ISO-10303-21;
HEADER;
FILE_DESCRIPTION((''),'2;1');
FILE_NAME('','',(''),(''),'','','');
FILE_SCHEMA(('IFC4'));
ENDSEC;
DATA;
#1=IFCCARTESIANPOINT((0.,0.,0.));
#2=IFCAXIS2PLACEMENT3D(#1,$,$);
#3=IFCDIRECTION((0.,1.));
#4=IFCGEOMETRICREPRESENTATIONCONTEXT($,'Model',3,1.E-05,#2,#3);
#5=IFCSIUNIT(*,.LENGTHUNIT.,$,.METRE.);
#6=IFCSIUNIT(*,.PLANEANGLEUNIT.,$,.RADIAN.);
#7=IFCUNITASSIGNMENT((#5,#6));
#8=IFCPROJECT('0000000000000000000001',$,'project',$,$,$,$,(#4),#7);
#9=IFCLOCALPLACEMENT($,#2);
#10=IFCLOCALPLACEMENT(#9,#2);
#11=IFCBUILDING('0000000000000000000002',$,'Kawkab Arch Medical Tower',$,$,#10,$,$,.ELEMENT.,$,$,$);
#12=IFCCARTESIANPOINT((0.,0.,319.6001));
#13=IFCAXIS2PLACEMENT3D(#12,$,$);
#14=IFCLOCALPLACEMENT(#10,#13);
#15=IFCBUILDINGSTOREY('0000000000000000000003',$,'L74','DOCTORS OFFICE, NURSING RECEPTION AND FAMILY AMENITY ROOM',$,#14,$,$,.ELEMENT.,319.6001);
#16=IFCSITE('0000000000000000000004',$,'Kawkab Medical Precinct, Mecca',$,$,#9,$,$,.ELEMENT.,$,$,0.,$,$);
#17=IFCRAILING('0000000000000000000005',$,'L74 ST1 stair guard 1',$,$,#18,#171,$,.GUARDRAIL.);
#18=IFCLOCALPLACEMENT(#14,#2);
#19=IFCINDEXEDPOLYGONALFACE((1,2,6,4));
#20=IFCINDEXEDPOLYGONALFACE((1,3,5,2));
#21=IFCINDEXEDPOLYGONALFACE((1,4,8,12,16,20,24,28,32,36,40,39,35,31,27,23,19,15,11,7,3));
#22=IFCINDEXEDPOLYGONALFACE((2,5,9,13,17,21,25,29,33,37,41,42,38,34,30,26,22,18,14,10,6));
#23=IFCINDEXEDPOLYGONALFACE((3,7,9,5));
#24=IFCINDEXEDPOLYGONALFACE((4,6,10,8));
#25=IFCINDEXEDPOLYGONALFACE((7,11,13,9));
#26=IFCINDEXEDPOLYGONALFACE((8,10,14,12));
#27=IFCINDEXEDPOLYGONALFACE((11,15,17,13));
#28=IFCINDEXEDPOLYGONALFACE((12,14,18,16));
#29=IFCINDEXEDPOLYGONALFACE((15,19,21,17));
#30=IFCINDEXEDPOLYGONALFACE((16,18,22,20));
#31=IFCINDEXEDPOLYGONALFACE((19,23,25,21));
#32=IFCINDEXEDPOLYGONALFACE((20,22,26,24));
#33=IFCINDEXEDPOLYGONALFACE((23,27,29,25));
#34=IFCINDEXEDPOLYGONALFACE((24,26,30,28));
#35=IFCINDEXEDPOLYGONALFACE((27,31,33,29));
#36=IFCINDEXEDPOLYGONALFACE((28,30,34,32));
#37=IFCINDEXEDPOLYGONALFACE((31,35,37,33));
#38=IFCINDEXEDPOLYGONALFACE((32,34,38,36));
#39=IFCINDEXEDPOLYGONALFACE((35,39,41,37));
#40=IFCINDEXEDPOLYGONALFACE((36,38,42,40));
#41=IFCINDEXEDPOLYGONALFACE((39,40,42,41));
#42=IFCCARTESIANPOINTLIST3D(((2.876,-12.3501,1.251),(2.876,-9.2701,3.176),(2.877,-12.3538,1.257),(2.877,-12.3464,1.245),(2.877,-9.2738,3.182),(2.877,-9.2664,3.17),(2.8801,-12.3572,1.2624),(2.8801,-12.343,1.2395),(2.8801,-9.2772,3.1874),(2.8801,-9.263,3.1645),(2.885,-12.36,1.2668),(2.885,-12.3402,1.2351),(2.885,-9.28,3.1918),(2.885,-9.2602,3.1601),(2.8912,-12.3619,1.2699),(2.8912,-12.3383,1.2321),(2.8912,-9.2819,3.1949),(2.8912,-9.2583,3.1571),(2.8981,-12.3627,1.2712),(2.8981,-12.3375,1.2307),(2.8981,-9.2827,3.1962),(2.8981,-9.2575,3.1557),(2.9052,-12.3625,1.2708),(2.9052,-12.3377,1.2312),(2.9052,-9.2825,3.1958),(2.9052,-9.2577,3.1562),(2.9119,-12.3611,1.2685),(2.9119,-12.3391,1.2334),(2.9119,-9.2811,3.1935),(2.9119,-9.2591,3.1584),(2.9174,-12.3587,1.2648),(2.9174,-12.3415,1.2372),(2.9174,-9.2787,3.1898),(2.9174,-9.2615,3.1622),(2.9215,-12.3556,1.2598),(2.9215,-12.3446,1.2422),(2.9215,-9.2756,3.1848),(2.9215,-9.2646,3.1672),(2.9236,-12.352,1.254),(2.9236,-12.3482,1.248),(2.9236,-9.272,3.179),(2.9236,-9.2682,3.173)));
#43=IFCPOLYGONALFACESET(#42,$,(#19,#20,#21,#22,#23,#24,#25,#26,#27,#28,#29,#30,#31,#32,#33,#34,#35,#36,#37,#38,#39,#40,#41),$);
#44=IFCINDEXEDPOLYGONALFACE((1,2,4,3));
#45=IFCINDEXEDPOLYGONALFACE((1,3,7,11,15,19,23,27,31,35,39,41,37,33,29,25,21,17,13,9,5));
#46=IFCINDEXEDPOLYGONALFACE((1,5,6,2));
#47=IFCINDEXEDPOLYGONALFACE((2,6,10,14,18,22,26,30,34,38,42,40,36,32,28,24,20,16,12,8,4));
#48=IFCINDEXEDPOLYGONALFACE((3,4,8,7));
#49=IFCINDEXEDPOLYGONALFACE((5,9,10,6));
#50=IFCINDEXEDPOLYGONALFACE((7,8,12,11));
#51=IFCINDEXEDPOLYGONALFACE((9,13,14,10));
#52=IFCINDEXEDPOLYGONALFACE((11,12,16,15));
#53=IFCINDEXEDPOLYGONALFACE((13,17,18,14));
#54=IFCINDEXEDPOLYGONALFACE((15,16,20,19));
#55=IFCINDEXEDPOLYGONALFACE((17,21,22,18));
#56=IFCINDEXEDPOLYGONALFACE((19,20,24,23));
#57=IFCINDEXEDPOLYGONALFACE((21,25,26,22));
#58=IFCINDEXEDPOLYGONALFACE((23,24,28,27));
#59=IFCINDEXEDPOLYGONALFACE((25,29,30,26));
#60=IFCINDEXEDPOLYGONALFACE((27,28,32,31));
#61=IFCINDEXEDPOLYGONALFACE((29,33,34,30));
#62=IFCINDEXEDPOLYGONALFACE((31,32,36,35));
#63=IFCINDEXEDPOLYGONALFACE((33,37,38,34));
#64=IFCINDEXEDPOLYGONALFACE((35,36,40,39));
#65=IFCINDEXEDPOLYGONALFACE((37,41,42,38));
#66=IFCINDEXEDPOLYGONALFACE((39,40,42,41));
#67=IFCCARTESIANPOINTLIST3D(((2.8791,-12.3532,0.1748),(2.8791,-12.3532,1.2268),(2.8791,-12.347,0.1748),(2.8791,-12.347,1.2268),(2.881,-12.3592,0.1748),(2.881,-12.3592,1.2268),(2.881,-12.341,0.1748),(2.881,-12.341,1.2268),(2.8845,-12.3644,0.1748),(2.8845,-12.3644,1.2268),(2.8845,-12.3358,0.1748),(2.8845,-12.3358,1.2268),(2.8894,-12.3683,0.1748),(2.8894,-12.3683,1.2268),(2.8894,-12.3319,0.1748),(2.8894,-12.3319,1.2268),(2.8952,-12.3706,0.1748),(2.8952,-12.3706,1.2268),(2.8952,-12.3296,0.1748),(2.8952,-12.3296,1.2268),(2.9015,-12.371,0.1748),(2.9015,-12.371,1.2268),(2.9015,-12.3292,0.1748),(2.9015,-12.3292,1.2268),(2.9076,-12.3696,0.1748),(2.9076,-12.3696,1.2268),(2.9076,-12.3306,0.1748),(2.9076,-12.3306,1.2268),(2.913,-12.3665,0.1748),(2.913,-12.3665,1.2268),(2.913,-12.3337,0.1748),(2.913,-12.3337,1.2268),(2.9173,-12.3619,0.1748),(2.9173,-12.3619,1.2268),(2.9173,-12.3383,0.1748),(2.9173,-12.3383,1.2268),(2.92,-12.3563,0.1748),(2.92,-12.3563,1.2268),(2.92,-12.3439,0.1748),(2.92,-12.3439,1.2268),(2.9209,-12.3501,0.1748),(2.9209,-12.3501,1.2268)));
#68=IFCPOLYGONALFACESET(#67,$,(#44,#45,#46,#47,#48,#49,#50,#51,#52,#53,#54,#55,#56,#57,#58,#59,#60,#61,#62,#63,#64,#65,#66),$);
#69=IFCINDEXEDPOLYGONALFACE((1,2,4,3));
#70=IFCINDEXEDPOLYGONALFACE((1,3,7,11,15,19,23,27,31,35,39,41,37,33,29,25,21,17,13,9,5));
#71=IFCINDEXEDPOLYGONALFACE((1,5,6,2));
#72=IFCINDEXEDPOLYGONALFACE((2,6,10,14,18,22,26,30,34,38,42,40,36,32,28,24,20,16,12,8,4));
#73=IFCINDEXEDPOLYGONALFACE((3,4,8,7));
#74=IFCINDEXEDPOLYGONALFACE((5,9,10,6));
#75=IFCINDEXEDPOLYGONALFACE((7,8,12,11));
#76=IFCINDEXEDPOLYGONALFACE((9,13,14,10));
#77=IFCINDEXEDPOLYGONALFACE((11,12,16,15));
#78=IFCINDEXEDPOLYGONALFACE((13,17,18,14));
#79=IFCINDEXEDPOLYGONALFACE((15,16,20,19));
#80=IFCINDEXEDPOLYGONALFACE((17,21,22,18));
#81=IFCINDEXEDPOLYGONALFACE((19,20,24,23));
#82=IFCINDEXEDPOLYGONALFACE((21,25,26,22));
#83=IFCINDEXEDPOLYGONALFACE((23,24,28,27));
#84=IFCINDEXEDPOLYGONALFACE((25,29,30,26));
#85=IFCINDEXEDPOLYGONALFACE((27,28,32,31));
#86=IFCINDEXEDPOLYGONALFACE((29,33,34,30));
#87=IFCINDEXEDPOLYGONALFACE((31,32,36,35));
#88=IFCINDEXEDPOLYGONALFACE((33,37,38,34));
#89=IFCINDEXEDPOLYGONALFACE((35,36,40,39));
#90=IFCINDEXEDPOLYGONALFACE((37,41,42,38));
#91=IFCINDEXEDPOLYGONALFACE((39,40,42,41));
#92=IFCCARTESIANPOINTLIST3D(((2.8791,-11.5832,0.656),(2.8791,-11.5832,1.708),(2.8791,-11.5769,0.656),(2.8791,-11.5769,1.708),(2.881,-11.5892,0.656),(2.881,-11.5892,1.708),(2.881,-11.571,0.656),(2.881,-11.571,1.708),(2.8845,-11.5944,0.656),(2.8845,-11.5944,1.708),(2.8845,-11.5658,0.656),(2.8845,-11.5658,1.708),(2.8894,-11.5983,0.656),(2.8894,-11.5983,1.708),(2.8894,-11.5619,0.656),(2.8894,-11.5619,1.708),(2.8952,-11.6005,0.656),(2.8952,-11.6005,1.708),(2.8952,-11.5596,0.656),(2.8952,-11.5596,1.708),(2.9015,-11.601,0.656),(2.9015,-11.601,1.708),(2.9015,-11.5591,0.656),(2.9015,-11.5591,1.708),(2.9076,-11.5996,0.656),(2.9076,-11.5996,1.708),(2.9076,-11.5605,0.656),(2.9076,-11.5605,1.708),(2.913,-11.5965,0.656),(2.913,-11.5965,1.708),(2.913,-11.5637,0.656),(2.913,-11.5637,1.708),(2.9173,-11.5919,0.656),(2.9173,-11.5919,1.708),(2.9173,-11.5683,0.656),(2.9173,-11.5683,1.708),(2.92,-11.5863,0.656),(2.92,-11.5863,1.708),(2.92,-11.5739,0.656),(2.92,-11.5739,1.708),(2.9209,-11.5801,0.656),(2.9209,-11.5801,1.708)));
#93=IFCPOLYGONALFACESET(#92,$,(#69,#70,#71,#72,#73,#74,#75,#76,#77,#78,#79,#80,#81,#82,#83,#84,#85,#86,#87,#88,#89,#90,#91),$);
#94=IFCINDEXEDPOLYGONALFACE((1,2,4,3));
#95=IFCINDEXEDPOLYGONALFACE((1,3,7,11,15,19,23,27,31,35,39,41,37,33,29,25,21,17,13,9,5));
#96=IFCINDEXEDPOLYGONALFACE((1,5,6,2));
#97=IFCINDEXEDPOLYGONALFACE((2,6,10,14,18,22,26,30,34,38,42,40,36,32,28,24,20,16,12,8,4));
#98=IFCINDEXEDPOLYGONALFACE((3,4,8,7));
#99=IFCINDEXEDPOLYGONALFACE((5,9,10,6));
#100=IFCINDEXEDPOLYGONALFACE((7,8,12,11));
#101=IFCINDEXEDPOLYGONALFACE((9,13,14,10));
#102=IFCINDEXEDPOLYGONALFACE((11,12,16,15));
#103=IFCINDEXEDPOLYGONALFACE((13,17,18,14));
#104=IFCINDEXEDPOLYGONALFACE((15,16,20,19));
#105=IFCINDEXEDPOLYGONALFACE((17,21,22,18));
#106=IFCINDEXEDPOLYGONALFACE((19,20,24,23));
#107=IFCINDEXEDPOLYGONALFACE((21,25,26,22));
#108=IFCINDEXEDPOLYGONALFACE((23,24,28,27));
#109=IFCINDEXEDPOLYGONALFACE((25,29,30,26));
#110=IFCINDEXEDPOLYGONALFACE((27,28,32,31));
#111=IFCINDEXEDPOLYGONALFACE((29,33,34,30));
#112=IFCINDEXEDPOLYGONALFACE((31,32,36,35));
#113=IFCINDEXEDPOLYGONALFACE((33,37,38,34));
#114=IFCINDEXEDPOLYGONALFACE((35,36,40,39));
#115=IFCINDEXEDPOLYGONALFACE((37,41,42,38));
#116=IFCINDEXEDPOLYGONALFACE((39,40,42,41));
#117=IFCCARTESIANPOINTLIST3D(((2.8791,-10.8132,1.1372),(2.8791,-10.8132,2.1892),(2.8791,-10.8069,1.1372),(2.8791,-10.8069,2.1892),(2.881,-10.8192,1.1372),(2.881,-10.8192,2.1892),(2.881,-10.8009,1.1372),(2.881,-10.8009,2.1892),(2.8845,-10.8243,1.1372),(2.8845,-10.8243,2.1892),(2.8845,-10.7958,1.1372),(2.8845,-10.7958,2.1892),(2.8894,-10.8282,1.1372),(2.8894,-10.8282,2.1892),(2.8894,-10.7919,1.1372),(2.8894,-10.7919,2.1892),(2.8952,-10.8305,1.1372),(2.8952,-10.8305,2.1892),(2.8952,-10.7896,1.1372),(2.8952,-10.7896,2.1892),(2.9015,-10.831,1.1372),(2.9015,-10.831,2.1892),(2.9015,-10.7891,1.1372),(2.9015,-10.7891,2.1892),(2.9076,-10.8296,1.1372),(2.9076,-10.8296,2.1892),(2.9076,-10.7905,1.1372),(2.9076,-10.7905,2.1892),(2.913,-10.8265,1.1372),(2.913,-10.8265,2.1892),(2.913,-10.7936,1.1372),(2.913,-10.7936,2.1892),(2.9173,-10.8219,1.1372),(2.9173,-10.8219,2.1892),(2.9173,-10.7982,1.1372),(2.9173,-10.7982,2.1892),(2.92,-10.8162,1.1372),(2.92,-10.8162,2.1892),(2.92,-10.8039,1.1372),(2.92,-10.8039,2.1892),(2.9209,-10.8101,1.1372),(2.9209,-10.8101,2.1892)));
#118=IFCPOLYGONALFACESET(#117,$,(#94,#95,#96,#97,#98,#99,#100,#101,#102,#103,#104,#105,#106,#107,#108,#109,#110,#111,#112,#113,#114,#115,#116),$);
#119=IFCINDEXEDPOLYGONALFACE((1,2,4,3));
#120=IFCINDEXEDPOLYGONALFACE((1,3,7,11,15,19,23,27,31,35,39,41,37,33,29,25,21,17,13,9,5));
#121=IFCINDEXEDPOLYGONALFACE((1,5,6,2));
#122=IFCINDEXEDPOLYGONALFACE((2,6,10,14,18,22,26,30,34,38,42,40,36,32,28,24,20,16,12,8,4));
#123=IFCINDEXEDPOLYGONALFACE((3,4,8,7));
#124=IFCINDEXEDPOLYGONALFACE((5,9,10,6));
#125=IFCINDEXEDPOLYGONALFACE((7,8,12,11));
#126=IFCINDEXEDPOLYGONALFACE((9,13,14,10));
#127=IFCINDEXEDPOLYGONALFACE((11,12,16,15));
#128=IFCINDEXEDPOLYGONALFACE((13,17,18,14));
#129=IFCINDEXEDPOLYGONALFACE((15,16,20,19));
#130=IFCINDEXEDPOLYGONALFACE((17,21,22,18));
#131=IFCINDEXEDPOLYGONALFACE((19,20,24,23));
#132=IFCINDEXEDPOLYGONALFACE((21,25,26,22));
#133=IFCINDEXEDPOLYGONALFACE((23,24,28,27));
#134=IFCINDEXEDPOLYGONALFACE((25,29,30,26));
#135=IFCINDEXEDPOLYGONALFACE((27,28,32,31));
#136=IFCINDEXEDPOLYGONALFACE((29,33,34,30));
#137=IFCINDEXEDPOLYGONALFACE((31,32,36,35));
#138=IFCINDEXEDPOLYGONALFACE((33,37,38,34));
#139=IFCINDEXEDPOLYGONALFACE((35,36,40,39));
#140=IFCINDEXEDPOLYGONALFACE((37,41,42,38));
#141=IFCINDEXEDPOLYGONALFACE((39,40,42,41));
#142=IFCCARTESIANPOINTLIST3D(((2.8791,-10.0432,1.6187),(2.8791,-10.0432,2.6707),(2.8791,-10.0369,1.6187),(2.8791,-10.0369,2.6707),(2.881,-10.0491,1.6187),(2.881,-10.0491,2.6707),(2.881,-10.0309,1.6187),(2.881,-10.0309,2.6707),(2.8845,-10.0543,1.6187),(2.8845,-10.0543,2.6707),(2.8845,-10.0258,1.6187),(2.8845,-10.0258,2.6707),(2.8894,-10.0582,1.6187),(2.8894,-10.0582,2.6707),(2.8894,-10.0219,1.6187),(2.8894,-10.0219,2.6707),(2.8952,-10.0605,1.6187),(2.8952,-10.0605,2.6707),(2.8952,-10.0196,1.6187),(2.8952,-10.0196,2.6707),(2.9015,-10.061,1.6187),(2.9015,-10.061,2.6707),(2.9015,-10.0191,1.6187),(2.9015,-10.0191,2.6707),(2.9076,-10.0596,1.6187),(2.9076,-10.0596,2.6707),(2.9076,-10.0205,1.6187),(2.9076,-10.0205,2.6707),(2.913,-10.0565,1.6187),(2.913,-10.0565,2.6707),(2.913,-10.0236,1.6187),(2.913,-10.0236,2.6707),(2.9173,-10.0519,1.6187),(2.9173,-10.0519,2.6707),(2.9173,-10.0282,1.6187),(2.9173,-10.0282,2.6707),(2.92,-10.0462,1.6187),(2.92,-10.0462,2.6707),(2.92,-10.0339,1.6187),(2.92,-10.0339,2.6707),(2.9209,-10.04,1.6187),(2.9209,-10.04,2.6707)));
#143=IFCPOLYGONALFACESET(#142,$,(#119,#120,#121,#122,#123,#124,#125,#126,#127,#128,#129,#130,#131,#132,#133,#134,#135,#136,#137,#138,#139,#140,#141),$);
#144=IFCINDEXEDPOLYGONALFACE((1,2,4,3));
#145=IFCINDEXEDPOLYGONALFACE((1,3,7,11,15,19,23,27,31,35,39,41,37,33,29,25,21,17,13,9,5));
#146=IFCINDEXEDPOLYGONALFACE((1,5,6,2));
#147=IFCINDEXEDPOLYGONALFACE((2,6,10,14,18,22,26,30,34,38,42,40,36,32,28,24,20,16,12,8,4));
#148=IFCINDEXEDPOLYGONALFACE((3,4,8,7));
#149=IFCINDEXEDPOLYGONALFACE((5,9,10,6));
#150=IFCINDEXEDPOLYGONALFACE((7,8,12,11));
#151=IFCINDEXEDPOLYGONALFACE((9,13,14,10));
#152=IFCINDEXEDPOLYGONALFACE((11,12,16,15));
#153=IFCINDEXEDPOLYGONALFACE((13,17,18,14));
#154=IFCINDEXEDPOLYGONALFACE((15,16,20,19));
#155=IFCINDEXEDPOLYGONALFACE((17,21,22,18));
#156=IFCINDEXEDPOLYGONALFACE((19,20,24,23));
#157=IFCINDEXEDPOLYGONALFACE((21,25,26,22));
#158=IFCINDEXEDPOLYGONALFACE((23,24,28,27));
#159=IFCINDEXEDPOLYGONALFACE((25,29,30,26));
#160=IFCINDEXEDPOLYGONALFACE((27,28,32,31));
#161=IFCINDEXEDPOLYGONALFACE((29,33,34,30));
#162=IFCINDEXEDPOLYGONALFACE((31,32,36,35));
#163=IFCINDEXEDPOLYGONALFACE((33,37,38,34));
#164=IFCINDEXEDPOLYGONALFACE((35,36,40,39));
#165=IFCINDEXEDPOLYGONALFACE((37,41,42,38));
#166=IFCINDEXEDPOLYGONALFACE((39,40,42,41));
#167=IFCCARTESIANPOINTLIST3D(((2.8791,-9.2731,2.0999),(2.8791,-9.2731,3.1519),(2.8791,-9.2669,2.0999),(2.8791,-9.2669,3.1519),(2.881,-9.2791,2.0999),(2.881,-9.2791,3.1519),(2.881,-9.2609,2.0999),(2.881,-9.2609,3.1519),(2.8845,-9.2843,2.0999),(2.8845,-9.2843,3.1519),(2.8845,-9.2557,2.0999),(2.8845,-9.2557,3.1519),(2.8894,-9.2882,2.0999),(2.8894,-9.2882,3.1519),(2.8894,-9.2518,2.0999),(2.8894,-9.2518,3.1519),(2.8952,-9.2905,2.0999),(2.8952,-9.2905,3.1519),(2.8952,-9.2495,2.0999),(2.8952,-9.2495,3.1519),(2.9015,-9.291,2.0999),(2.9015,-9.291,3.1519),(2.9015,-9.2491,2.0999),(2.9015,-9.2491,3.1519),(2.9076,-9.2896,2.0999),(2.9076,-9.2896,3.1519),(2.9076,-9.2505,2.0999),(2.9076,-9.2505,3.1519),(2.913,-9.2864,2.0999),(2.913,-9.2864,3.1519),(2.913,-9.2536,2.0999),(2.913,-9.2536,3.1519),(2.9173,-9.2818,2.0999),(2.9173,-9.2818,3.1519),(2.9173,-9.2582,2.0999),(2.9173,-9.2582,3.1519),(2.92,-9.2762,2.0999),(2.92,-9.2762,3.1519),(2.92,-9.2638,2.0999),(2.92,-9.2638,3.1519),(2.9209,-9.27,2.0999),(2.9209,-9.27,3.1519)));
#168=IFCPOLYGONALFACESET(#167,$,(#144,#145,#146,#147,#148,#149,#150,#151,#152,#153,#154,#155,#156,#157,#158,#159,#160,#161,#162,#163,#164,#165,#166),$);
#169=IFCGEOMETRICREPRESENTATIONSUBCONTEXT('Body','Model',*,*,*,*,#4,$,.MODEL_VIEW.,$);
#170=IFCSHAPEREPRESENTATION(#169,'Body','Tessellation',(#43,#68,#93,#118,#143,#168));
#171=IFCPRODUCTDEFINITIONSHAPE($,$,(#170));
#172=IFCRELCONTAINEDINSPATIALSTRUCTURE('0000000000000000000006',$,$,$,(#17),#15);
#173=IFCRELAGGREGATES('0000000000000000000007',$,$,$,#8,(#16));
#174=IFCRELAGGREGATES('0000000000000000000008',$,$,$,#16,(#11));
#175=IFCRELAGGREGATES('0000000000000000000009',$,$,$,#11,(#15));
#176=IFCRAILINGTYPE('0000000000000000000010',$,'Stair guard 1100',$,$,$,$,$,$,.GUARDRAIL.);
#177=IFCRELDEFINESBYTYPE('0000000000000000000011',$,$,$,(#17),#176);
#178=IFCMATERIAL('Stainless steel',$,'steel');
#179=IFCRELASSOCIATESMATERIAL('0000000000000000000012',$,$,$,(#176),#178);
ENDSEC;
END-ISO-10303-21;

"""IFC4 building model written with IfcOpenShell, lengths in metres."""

from ifc_helpers import new_model, si_unit, direction, frame, origin, origin_2d, place, context, subcontext, project, spatial, circle, extrude, material, type_object, element, save


model = new_model("IFC4")

# Units and contexts
model_context = context("Model", 3, precision=1e-05, world=origin(), true_north=direction((0.0, 1.0)))
body_context = subcontext(model_context, "Body", "Model", "MODEL_VIEW")
ifc_project = project(units=[si_unit("LENGTHUNIT", "METRE"), si_unit("PLANEANGLEUNIT", "RADIAN")], contexts=[model_context])

# Site, building, storey
site_placement = place(None, origin())
site = spatial("IfcSite", under=ifc_project, at=site_placement, Name="Kawkab Medical Precinct, Mecca", CompositionType="ELEMENT", RefElevation=0.0)
building_placement = place(site_placement, origin())
building = spatial("IfcBuilding", under=site, at=building_placement, Name="Kawkab Arch Medical Tower", CompositionType="ELEMENT")
storey_placement = place(building_placement, frame((0.0, 0.0, 319.6001)))
storey = spatial("IfcBuildingStorey", under=building, at=storey_placement, Name="L74", Description="DOCTORS OFFICE, NURSING RECEPTION AND FAMILY AMENITY ROOM", CompositionType="ELEMENT", Elevation=319.6001)

# Railing
ifc_material_1 = material(Name="Stainless steel", Category="steel")
railing_type = type_object("IfcRailingType", Name="Stair guard 1100", PredefinedType="GUARDRAIL", material=ifc_material_1)
railing_1_placement = place(storey_placement, frame((2.8999, -12.3501, 0.1748)))
element("IfcRailing", 1, at=railing_1_placement, inside=storey, type_object=railing_type, Name="L74 ST1 stair guard 1", PredefinedType="GUARDRAIL", context=body_context, shape_type="SweptSolid", body=[
    extrude(circle(Radius=0.0239, at=origin_2d()), frame((0.0, 0.0, 1.0762), z_axis=(0.0, 0.847998, 0.529999), x_axis=(-1.0, 0.0, 0.0)), (0.0, 0.0, 1.0), 3.6321),
    extrude(circle(Radius=0.021, at=origin_2d()), origin(), (0.0, 0.0, 1.0), 1.052),
    extrude(circle(Radius=0.021, at=origin_2d()), frame((0.0, 0.77, 0.4812)), (0.0, 0.0, 1.0), 1.052),
    extrude(circle(Radius=0.021, at=origin_2d()), frame((0.0, 1.54, 0.9624)), (0.0, 0.0, 1.0), 1.052),
    extrude(circle(Radius=0.021, at=origin_2d()), frame((0.0, 2.3101, 1.4438)), (0.0, 0.0, 1.0), 1.052),
    extrude(circle(Radius=0.021, at=origin_2d()), frame((0.0, 3.0801, 1.925)), (0.0, 0.0, 1.0), 1.052),
])

save(model, "model.ifc")
